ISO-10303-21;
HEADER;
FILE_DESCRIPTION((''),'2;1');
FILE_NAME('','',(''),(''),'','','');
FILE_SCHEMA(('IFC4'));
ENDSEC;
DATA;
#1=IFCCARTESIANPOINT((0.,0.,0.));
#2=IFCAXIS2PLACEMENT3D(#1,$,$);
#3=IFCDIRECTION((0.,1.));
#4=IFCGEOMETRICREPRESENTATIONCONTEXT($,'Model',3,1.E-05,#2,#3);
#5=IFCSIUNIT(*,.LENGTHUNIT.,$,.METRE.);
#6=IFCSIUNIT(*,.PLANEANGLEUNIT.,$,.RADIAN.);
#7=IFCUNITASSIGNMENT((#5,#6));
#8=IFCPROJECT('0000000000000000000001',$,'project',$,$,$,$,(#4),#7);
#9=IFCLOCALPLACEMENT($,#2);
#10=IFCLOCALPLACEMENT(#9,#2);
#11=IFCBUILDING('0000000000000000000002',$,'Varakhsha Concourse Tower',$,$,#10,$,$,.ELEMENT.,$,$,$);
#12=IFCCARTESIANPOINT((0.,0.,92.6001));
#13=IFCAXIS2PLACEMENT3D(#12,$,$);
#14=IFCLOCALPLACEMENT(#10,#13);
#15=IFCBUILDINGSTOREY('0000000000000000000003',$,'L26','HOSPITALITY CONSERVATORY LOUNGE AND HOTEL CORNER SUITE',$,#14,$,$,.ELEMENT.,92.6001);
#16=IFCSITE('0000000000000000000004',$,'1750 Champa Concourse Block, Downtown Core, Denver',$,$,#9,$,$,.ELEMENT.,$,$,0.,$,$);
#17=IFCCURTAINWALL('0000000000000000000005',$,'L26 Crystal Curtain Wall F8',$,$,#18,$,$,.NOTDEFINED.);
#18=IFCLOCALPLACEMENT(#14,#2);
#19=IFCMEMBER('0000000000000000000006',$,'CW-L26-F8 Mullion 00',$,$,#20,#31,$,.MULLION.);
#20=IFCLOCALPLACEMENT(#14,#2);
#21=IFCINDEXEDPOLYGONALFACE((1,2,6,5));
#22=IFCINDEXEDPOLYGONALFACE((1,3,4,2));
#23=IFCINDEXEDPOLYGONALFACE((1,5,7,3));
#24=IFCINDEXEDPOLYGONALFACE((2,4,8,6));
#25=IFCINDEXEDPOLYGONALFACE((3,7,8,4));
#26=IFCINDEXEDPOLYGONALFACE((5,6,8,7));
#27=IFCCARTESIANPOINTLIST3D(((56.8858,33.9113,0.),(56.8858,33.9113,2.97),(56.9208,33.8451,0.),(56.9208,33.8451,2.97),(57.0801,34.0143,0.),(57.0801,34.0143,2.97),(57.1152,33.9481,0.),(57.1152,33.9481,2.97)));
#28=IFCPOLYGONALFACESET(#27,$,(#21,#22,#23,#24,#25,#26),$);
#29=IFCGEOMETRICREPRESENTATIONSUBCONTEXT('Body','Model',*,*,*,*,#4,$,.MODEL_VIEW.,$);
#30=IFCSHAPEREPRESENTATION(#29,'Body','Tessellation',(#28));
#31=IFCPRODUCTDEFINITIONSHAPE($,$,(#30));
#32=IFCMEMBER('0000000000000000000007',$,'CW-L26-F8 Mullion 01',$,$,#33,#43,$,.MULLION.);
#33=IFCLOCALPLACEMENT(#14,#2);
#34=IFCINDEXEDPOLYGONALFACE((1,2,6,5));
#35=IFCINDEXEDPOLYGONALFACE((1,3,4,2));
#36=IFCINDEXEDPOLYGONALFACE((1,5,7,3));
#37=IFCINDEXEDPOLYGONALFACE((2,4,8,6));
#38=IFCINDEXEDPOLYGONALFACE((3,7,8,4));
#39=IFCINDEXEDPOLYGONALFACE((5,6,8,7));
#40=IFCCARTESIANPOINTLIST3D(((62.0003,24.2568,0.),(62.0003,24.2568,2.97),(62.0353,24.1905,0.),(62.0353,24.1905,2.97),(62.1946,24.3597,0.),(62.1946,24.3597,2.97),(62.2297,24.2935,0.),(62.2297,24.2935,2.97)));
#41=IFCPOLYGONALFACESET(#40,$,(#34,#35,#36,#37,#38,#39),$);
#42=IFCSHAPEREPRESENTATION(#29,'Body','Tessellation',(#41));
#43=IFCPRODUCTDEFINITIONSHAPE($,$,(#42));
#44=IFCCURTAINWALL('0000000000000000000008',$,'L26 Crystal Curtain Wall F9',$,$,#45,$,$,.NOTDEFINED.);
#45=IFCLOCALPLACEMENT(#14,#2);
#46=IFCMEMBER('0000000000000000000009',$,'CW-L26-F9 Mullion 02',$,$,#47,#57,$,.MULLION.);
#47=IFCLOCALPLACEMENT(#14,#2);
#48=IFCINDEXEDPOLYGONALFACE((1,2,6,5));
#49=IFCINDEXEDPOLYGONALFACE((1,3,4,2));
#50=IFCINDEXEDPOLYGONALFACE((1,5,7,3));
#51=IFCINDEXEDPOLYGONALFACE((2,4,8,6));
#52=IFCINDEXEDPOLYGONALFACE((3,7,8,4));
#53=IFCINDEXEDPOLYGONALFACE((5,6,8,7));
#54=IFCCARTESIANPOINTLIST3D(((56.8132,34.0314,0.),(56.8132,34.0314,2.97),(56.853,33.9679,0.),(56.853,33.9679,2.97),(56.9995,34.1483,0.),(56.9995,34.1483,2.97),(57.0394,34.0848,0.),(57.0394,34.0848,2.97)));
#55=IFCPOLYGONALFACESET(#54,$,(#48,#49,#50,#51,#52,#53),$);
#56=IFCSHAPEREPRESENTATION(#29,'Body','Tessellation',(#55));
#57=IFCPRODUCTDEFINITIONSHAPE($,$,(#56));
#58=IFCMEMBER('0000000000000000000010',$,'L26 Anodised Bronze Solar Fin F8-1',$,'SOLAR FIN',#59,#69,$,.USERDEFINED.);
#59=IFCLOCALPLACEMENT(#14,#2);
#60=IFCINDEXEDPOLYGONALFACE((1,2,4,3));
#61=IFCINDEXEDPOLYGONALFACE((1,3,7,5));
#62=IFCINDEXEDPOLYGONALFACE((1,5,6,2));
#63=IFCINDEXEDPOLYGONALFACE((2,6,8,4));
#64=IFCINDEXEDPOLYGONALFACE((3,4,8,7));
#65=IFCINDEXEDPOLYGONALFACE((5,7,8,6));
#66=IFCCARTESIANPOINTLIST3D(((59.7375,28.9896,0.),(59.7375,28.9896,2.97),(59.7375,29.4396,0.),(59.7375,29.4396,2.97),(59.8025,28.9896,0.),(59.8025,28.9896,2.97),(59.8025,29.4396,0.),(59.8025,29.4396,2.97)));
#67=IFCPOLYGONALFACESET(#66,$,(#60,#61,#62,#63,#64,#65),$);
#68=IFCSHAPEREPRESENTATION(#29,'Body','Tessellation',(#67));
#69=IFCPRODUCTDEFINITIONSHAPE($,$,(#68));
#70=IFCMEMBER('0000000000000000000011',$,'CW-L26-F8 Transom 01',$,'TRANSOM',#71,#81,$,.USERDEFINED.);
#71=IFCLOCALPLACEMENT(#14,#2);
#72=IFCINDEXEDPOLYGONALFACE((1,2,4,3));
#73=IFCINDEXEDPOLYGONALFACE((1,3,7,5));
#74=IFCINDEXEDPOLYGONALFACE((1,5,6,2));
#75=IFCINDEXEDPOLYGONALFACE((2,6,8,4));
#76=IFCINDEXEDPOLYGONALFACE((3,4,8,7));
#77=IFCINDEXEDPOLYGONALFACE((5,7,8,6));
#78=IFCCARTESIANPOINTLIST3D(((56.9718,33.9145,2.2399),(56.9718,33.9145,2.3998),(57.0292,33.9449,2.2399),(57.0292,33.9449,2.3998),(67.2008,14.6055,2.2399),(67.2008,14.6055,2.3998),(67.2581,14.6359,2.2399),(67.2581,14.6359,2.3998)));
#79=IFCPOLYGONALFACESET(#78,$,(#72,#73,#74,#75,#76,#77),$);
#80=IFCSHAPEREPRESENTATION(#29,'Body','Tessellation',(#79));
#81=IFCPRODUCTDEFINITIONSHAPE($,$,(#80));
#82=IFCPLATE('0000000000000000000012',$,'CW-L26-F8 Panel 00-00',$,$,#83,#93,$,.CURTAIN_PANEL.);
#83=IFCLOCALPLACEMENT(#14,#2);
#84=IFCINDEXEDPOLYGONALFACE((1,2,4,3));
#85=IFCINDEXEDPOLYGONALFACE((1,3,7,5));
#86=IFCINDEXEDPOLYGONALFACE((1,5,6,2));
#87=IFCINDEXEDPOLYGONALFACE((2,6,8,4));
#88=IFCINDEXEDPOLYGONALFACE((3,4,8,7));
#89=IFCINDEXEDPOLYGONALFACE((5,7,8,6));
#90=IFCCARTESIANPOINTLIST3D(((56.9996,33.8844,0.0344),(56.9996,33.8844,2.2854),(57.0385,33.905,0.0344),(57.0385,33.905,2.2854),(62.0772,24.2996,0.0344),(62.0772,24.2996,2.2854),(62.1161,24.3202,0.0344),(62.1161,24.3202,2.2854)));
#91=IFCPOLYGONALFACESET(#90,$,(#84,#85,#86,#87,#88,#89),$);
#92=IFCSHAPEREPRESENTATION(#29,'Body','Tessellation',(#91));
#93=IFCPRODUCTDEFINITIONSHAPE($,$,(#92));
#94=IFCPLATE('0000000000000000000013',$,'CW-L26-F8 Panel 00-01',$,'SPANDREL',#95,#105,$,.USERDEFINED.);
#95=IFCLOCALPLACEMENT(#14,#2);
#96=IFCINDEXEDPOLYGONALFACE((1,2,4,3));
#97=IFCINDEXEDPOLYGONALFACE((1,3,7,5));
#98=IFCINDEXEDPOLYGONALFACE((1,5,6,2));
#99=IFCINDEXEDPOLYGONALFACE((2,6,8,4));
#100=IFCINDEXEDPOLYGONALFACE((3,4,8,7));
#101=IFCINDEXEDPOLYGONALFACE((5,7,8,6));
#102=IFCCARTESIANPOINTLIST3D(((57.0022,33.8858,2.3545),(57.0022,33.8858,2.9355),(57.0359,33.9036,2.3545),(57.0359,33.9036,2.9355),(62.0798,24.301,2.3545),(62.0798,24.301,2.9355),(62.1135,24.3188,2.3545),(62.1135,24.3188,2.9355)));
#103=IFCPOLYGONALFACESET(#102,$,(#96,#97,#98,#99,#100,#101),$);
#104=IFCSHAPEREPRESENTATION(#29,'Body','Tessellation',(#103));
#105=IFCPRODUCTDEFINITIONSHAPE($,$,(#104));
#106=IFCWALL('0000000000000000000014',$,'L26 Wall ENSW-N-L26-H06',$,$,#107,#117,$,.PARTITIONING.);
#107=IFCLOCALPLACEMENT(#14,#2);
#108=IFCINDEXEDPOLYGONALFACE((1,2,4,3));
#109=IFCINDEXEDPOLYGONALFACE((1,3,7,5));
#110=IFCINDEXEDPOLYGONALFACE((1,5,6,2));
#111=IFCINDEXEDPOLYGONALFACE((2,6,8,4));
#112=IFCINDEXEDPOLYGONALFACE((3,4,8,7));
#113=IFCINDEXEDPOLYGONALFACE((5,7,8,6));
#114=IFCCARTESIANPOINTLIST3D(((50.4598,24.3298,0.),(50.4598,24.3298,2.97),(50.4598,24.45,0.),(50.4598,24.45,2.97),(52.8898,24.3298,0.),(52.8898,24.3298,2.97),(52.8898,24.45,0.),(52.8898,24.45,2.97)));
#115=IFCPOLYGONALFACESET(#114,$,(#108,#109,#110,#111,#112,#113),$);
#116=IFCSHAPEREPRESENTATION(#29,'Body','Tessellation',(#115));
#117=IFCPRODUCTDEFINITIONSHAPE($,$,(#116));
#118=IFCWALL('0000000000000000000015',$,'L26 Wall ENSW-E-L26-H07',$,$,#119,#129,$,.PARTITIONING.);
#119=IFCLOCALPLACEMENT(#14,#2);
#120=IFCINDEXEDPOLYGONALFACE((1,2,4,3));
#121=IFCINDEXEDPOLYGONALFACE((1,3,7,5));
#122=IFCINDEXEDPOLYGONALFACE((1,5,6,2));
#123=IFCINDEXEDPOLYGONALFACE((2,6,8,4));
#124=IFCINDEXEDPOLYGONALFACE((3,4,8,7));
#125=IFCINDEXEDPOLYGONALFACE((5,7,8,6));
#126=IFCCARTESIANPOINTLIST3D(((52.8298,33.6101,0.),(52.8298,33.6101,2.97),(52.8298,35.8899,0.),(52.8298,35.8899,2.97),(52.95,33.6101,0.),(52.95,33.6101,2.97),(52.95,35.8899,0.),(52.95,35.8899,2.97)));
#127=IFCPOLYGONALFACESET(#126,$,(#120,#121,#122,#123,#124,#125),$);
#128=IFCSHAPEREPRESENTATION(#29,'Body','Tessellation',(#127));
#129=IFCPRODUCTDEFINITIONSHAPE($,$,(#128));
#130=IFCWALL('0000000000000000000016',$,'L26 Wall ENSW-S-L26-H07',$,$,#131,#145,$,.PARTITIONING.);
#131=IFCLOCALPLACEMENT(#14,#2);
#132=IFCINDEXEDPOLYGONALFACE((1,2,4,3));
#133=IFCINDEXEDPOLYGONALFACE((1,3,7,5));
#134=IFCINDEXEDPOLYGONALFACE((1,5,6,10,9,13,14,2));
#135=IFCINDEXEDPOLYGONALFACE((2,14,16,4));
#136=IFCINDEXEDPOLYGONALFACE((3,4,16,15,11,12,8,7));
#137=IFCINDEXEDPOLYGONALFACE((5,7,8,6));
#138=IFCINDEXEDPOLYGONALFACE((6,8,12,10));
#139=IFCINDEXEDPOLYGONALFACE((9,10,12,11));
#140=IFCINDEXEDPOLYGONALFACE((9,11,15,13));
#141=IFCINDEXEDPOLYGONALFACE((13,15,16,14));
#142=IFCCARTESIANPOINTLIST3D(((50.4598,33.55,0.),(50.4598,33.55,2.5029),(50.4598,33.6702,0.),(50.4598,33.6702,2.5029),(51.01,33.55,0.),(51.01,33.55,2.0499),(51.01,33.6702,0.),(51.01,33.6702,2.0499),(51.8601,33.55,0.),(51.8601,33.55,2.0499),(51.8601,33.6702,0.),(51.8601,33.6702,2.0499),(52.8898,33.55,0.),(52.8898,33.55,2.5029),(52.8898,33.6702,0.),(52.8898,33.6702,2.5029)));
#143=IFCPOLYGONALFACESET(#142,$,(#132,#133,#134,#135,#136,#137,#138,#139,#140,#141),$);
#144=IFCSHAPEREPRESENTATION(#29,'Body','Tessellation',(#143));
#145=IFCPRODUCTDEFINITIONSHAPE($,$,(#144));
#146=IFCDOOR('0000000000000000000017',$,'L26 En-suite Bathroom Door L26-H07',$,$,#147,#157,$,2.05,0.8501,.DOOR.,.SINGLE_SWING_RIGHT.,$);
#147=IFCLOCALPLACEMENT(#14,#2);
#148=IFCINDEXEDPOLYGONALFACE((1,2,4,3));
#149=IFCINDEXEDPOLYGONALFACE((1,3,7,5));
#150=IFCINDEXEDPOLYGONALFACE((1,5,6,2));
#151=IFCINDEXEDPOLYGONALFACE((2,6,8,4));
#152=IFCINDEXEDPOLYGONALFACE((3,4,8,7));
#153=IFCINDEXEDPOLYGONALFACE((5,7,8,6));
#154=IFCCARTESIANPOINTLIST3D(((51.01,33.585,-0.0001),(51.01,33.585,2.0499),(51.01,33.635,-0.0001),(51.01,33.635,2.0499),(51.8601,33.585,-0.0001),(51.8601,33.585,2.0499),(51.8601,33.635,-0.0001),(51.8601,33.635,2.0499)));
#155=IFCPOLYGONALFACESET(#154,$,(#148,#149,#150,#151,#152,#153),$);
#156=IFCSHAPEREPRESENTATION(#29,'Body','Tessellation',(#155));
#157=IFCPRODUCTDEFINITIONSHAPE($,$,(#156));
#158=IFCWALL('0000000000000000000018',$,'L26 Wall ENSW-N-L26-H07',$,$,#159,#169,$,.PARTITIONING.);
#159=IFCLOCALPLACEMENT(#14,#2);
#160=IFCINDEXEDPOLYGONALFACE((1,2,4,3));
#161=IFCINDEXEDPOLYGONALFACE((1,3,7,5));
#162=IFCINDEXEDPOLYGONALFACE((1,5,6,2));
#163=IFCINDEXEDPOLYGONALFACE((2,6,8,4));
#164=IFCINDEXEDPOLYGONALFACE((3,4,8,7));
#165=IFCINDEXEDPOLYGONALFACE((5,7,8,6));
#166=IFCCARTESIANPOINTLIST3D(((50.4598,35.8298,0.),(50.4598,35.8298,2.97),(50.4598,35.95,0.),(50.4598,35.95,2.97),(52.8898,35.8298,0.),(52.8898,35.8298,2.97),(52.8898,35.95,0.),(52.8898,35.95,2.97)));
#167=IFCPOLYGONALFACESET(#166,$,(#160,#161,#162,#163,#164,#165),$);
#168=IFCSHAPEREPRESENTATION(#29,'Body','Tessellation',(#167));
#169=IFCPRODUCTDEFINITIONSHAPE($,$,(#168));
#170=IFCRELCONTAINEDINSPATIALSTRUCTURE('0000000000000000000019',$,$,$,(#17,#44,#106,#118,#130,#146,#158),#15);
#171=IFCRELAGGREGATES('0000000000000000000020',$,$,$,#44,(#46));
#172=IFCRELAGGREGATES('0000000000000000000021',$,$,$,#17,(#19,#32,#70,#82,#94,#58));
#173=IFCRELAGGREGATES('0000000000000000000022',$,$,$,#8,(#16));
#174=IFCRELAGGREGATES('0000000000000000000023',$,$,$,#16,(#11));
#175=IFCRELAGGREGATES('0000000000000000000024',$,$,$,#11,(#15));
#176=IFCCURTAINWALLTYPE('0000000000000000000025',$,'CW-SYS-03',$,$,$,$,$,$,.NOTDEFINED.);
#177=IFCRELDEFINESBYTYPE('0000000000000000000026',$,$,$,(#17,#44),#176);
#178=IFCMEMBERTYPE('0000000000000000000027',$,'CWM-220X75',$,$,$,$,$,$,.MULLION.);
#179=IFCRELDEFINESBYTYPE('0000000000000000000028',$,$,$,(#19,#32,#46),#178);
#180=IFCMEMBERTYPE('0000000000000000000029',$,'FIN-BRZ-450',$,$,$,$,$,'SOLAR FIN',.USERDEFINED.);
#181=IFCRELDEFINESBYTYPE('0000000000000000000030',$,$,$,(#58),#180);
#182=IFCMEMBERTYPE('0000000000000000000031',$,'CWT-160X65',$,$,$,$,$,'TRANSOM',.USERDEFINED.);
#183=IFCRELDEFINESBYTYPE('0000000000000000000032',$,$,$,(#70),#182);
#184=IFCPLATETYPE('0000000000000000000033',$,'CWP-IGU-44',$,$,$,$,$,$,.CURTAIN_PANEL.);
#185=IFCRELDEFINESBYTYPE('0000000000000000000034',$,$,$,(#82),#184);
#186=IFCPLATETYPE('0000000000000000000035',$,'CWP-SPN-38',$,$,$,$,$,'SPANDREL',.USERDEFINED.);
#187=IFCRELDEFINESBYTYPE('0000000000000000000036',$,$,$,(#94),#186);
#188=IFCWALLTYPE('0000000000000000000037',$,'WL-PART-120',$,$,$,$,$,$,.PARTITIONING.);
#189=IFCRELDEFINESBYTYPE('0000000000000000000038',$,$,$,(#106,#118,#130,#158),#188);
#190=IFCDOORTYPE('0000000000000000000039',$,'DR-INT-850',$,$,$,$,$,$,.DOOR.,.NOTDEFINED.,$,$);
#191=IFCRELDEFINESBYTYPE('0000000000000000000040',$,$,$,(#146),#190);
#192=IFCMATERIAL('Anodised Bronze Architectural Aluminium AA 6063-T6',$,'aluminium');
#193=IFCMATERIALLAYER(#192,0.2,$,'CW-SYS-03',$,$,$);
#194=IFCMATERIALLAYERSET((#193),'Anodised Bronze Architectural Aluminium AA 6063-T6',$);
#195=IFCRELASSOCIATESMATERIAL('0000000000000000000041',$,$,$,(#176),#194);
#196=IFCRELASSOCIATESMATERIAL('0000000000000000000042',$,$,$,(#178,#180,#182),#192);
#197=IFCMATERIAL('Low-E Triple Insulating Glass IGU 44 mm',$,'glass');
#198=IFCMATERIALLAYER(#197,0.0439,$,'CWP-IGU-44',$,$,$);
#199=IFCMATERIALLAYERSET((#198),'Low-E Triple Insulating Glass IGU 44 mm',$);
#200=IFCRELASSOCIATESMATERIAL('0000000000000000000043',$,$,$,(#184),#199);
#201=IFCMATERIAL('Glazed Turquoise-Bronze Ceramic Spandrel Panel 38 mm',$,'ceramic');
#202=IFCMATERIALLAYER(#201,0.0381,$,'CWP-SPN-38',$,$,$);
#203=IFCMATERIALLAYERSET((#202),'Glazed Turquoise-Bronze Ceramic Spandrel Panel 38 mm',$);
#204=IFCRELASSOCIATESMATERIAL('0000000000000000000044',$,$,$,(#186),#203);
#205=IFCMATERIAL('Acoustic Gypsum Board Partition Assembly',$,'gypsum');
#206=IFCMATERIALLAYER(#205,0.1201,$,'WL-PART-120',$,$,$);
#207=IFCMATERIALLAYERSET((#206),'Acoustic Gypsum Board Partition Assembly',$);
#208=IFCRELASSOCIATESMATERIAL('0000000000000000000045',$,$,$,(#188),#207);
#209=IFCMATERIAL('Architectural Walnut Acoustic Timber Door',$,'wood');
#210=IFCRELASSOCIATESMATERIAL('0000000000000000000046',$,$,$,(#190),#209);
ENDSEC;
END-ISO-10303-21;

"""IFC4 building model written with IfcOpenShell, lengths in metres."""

from ifc_helpers import new_model, si_unit, direction, frame, frame_2d, origin, origin_2d, place, context, subcontext, project, spatial, rectangle, extrude, source, transform, mapped, material, layer, layer_set, material_profile, profile_set, type_object, type_shapes, element, fill, aggregate, save


model = new_model("IFC4")

# Units and contexts
model_context = context("Model", 3, precision=1e-05, world=origin(), true_north=direction((0.0, 1.0)))
body_context = subcontext(model_context, "Body", "Model", "MODEL_VIEW")
ifc_project = project(units=[si_unit("LENGTHUNIT", "METRE"), si_unit("PLANEANGLEUNIT", "RADIAN")], contexts=[model_context])

# Site, building, storey
site_placement = place(None, origin())
site = spatial("IfcSite", under=ifc_project, at=site_placement, Name="1750 Champa Concourse Block, Downtown Core, Denver", CompositionType="ELEMENT", RefElevation=0.0)
building_placement = place(site_placement, origin())
building = spatial("IfcBuilding", under=site, at=building_placement, Name="Varakhsha Concourse Tower", CompositionType="ELEMENT")
storey_placement = place(building_placement, frame((0.0, 0.0, 92.6001)))
storey = spatial("IfcBuildingStorey", under=building, at=storey_placement, Name="L26", Description="HOSPITALITY CONSERVATORY LOUNGE AND HOTEL CORNER SUITE", CompositionType="ELEMENT", Elevation=92.6001)

# Curtain wall, members
ifc_material_1 = material(Name="Anodised Bronze Architectural Aluminium AA 6063-T6", Category="aluminium")
ifc_layer_1 = layer(ifc_material_1, 0.2, Name="CW-SYS-03")
ifc_layer_set_1 = layer_set([ifc_layer_1], Name="Anodised Bronze Architectural Aluminium AA 6063-T6")
curtain_wall_type = type_object("IfcCurtainWallType", Name="CW-SYS-03", PredefinedType="NOTDEFINED", material=ifc_layer_set_1)
curtain_wall_1_placement = place(storey_placement, origin())
curtain_wall_1 = element("IfcCurtainWall", 1, at=curtain_wall_1_placement, inside=storey, type_object=curtain_wall_type, Name="L26 Crystal Curtain Wall F8", PredefinedType="NOTDEFINED")
ifc_material_profile_1 = material_profile(ifc_material_1, rectangle(XDim=0.075, YDim=0.22, at=origin_2d()), Name="CWM-220X75")
ifc_profile_set_1 = profile_set([ifc_material_profile_1], Name="Anodised Bronze Architectural Aluminium AA 6063-T6")
member_type_1 = type_object("IfcMemberType", Name="CWM-220X75", PredefinedType="MULLION", material=ifc_profile_set_1)
shared_shape_1 = source(origin(), body_context, "Body", "SweptSolid", [
    extrude(rectangle(XDim=0.075, YDim=0.22, at=origin_2d()), origin(), (0.0, 0.0, 1.0), 2.97),
])
type_shapes(member_type_1, [shared_shape_1])
member_1_placement = place(storey_placement, frame((57.0005, 33.9297, 0.0), z_axis=(0.0, 0.0, 1.0), x_axis=(0.468124, -0.883663, 0.0)))
member_1 = element("IfcMember", 2, at=member_1_placement, type_object=member_type_1, Name="CW-L26-F8 Mullion 00", PredefinedType="MULLION", context=body_context, shape_type="MappedRepresentation", body=[
    mapped(shared_shape_1, transform((0.0, 0.0, 0.0), scale=1.0)),
])
member_2_placement = place(storey_placement, frame((62.115, 24.2751, 0.0), z_axis=(0.0, 0.0, 1.0), x_axis=(0.468124, -0.883663, 0.0)))
member_2 = element("IfcMember", 3, at=member_2_placement, type_object=member_type_1, Name="CW-L26-F8 Mullion 01", PredefinedType="MULLION", context=body_context, shape_type="MappedRepresentation", body=[
    mapped(shared_shape_1, transform((0.0, 0.0, 0.0), scale=1.0)),
])

# Curtain wall, member
curtain_wall_2_placement = place(storey_placement, origin())
curtain_wall_2 = element("IfcCurtainWall", 4, at=curtain_wall_2_placement, inside=storey, type_object=curtain_wall_type, Name="L26 Crystal Curtain Wall F9", PredefinedType="NOTDEFINED")
member_3_placement = place(storey_placement, frame((56.9263, 34.0581, 0.0), z_axis=(0.0, 0.0, 1.0), x_axis=(0.531209, -0.847241, 0.0)))
member_3 = element("IfcMember", 5, at=member_3_placement, type_object=member_type_1, Name="CW-L26-F9 Mullion 02", PredefinedType="MULLION", context=body_context, shape_type="MappedRepresentation", body=[
    mapped(shared_shape_1, transform((0.0, 0.0, 0.0), scale=1.0)),
])
aggregate(curtain_wall_2, [member_3])

# Members
ifc_material_profile_2 = material_profile(ifc_material_1, rectangle(XDim=0.0649, YDim=0.45, at=origin_2d()), Name="FIN-BRZ-450")
ifc_profile_set_2 = profile_set([ifc_material_profile_2], Name="Anodised Bronze Architectural Aluminium AA 6063-T6")
member_type_2 = type_object("IfcMemberType", Name="FIN-BRZ-450", ElementType="SOLAR FIN", PredefinedType="USERDEFINED", material=ifc_profile_set_2)
shared_shape_2 = source(origin(), body_context, "Body", "SweptSolid", [
    extrude(rectangle(XDim=0.0649, YDim=0.45, at=origin_2d()), origin(), (0.0, 0.0, 1.0), 2.97),
])
type_shapes(member_type_2, [shared_shape_2])
member_4_placement = place(storey_placement, frame((59.77, 29.2146, 0.0), z_axis=(0.0, 0.0, 1.0), x_axis=(1.0, 0.0, 0.0)))
member_4 = element("IfcMember", 6, at=member_4_placement, type_object=member_type_2, Name="L26 Anodised Bronze Solar Fin F8-1", ObjectType="SOLAR FIN", PredefinedType="USERDEFINED", context=body_context, shape_type="MappedRepresentation", body=[
    mapped(shared_shape_2, transform((0.0, 0.0, 0.0), scale=1.0)),
])
ifc_material_profile_3 = material_profile(ifc_material_1, rectangle(XDim=0.0649, YDim=0.1599, at=origin_2d()), Name="CWT-160X65")
ifc_profile_set_3 = profile_set([ifc_material_profile_3], Name="Anodised Bronze Architectural Aluminium AA 6063-T6")
member_type_3 = type_object("IfcMemberType", Name="CWT-160X65", ElementType="TRANSOM", PredefinedType="USERDEFINED", material=ifc_profile_set_3)
shared_shape_3 = source(origin(), body_context, "Body", "SweptSolid", [
    extrude(rectangle(XDim=0.0649, YDim=0.1599, at=origin_2d()), origin(), (0.0, 0.0, 1.0), 21.8511),
])
type_shapes(member_type_3, [shared_shape_3])
member_5_placement = place(storey_placement, frame((57.0005, 33.9297, 2.3198), z_axis=(0.468122, -0.883664, 0.0), x_axis=(0.883664, 0.468122, 0.0)))
member_5 = element("IfcMember", 7, at=member_5_placement, type_object=member_type_3, Name="CW-L26-F8 Transom 01", ObjectType="TRANSOM", PredefinedType="USERDEFINED", context=body_context, shape_type="MappedRepresentation", body=[
    mapped(shared_shape_3, transform((0.0, 0.0, 0.0), scale=1.0)),
])

# Plates
ifc_material_2 = material(Name="Low-E Triple Insulating Glass IGU 44 mm", Category="glass")
ifc_layer_2 = layer(ifc_material_2, 0.0439, Name="CWP-IGU-44")
ifc_layer_set_2 = layer_set([ifc_layer_2], Name="Low-E Triple Insulating Glass IGU 44 mm")
plate_type_1 = type_object("IfcPlateType", Name="CWP-IGU-44", PredefinedType="CURTAIN_PANEL", material=ifc_layer_set_2)
shared_shape_4 = source(origin(), body_context, "Body", "SweptSolid", [
    extrude(rectangle(XDim=10.8467, YDim=0.0439, at=origin_2d()), origin(), (0.0, 0.0, 1.0), 2.251),
])
type_shapes(plate_type_1, [shared_shape_4])
plate_1_placement = place(storey_placement, frame((59.5579, 29.1023, 0.0344), z_axis=(0.0, 0.0, 1.0), x_axis=(0.468124, -0.883663, 0.0)))
plate_1 = element("IfcPlate", 8, at=plate_1_placement, type_object=plate_type_1, Name="CW-L26-F8 Panel 00-00", PredefinedType="CURTAIN_PANEL", context=body_context, shape_type="MappedRepresentation", body=[
    mapped(shared_shape_4, transform((0.0, 0.0, 0.0), scale=1.0)),
])
ifc_material_3 = material(Name="Glazed Turquoise-Bronze Ceramic Spandrel Panel 38 mm", Category="ceramic")
ifc_layer_3 = layer(ifc_material_3, 0.0381, Name="CWP-SPN-38")
ifc_layer_set_3 = layer_set([ifc_layer_3], Name="Glazed Turquoise-Bronze Ceramic Spandrel Panel 38 mm")
plate_type_2 = type_object("IfcPlateType", Name="CWP-SPN-38", ElementType="SPANDREL", PredefinedType="USERDEFINED", material=ifc_layer_set_3)
shared_shape_5 = source(origin(), body_context, "Body", "SweptSolid", [
    extrude(rectangle(XDim=10.8467, YDim=0.0381, at=origin_2d()), origin(), (0.0, 0.0, 1.0), 0.5811),
])
type_shapes(plate_type_2, [shared_shape_5])
plate_2_placement = place(storey_placement, frame((59.5579, 29.1023, 2.3545), z_axis=(0.0, 0.0, 1.0), x_axis=(0.468124, -0.883663, 0.0)))
plate_2 = element("IfcPlate", 9, at=plate_2_placement, type_object=plate_type_2, Name="CW-L26-F8 Panel 00-01", ObjectType="SPANDREL", PredefinedType="USERDEFINED", context=body_context, shape_type="MappedRepresentation", body=[
    mapped(shared_shape_5, transform((0.0, 0.0, 0.0), scale=1.0)),
])
aggregate(curtain_wall_1, [member_1, member_2, member_5, plate_1, plate_2, member_4])

# Walls
ifc_material_4 = material(Name="Acoustic Gypsum Board Partition Assembly", Category="gypsum")
ifc_layer_4 = layer(ifc_material_4, 0.1201, Name="WL-PART-120")
ifc_layer_set_4 = layer_set([ifc_layer_4], Name="Acoustic Gypsum Board Partition Assembly")
wall_type_1 = type_object("IfcWallType", Name="WL-PART-120", PredefinedType="PARTITIONING", material=ifc_layer_set_4)
wall_1_placement = place(storey_placement, frame((50.46, 24.3899, 0.0), z_axis=(0.0, 0.0, 1.0), x_axis=(1.0, 0.0, 0.0)))
element("IfcWall", 10, at=wall_1_placement, inside=storey, type_object=wall_type_1, Name="L26 Wall ENSW-N-L26-H06", PredefinedType="PARTITIONING", context=body_context, shape_type="SweptSolid", body=[
    extrude(rectangle(XDim=2.4299, YDim=0.1201, at=frame_2d((1.2148, 0.0))), origin(), (0.0, 0.0, 1.0), 2.97),
])
wall_2_placement = place(storey_placement, frame((52.8899, 33.6101, 0.0), z_axis=(0.0, 0.0, 1.0), x_axis=(0.0, 1.0, 0.0)))
element("IfcWall", 11, at=wall_2_placement, inside=storey, type_object=wall_type_1, Name="L26 Wall ENSW-E-L26-H07", PredefinedType="PARTITIONING", context=body_context, shape_type="SweptSolid", body=[
    extrude(rectangle(XDim=2.2798, YDim=0.1201, at=frame_2d((1.1399, 0.0))), origin(), (0.0, 0.0, 1.0), 2.97),
])

# Wall, opening, door
wall_3_placement = place(storey_placement, frame((50.46, 33.6101, 0.0), z_axis=(0.0, 0.0, 1.0), x_axis=(1.0, 0.0, 0.0)))
wall_3 = element("IfcWall", 12, at=wall_3_placement, inside=storey, type_object=wall_type_1, Name="L26 Wall ENSW-S-L26-H07", PredefinedType="PARTITIONING", context=body_context, shape_type="SweptSolid", body=[
    extrude(rectangle(XDim=2.4299, YDim=0.1201, at=frame_2d((1.2148, 0.0))), origin(), (0.0, 0.0, 1.0), 2.5029),
])
opening_placement = place(wall_3_placement, frame((0.55, 0.0, 0.0)))
opening = element("IfcOpeningElement", 13, at=opening_placement, cuts=wall_3, PredefinedType="OPENING", context=body_context, shape_type="SweptSolid", body=[
    extrude(rectangle(XDim=0.8501, YDim=2.05, at=frame_2d((0.425, 1.0249))), frame((0.0, 0.0701, 0.0), z_axis=(0.0, -1.0, 0.0), x_axis=(1.0, 0.0, 0.0)), (0.0, 0.0, 1.0), 0.1401),
])
ifc_material_5 = material(Name="Architectural Walnut Acoustic Timber Door", Category="wood")
door_type = type_object("IfcDoorType", Name="DR-INT-850", OperationType="NOTDEFINED", PredefinedType="DOOR", material=ifc_material_5)
door_placement = place(opening_placement, origin())
door = element("IfcDoor", 14, at=door_placement, inside=storey, type_object=door_type, Name="L26 En-suite Bathroom Door L26-H07", OperationType="SINGLE_SWING_RIGHT", OverallHeight=2.05, OverallWidth=0.8501, PredefinedType="DOOR", context=body_context, shape_type="SweptSolid", body=[
    extrude(rectangle(XDim=0.8501, YDim=2.05, at=frame_2d((0.425, 1.0249))), frame((0.0, 0.0249, 0.0), z_axis=(0.0, -1.0, 0.0), x_axis=(1.0, 0.0, 0.0)), (0.0, 0.0, 1.0), 0.05),
])
fill(opening, door)

# Wall
wall_4_placement = place(storey_placement, frame((50.46, 35.8899, 0.0), z_axis=(0.0, 0.0, 1.0), x_axis=(1.0, 0.0, 0.0)))
element("IfcWall", 15, at=wall_4_placement, inside=storey, type_object=wall_type_1, Name="L26 Wall ENSW-N-L26-H07", PredefinedType="PARTITIONING", context=body_context, shape_type="SweptSolid", body=[
    extrude(rectangle(XDim=2.4299, YDim=0.1201, at=frame_2d((1.2148, 0.0))), origin(), (0.0, 0.0, 1.0), 2.97),
])

save(model, "model.ifc")
